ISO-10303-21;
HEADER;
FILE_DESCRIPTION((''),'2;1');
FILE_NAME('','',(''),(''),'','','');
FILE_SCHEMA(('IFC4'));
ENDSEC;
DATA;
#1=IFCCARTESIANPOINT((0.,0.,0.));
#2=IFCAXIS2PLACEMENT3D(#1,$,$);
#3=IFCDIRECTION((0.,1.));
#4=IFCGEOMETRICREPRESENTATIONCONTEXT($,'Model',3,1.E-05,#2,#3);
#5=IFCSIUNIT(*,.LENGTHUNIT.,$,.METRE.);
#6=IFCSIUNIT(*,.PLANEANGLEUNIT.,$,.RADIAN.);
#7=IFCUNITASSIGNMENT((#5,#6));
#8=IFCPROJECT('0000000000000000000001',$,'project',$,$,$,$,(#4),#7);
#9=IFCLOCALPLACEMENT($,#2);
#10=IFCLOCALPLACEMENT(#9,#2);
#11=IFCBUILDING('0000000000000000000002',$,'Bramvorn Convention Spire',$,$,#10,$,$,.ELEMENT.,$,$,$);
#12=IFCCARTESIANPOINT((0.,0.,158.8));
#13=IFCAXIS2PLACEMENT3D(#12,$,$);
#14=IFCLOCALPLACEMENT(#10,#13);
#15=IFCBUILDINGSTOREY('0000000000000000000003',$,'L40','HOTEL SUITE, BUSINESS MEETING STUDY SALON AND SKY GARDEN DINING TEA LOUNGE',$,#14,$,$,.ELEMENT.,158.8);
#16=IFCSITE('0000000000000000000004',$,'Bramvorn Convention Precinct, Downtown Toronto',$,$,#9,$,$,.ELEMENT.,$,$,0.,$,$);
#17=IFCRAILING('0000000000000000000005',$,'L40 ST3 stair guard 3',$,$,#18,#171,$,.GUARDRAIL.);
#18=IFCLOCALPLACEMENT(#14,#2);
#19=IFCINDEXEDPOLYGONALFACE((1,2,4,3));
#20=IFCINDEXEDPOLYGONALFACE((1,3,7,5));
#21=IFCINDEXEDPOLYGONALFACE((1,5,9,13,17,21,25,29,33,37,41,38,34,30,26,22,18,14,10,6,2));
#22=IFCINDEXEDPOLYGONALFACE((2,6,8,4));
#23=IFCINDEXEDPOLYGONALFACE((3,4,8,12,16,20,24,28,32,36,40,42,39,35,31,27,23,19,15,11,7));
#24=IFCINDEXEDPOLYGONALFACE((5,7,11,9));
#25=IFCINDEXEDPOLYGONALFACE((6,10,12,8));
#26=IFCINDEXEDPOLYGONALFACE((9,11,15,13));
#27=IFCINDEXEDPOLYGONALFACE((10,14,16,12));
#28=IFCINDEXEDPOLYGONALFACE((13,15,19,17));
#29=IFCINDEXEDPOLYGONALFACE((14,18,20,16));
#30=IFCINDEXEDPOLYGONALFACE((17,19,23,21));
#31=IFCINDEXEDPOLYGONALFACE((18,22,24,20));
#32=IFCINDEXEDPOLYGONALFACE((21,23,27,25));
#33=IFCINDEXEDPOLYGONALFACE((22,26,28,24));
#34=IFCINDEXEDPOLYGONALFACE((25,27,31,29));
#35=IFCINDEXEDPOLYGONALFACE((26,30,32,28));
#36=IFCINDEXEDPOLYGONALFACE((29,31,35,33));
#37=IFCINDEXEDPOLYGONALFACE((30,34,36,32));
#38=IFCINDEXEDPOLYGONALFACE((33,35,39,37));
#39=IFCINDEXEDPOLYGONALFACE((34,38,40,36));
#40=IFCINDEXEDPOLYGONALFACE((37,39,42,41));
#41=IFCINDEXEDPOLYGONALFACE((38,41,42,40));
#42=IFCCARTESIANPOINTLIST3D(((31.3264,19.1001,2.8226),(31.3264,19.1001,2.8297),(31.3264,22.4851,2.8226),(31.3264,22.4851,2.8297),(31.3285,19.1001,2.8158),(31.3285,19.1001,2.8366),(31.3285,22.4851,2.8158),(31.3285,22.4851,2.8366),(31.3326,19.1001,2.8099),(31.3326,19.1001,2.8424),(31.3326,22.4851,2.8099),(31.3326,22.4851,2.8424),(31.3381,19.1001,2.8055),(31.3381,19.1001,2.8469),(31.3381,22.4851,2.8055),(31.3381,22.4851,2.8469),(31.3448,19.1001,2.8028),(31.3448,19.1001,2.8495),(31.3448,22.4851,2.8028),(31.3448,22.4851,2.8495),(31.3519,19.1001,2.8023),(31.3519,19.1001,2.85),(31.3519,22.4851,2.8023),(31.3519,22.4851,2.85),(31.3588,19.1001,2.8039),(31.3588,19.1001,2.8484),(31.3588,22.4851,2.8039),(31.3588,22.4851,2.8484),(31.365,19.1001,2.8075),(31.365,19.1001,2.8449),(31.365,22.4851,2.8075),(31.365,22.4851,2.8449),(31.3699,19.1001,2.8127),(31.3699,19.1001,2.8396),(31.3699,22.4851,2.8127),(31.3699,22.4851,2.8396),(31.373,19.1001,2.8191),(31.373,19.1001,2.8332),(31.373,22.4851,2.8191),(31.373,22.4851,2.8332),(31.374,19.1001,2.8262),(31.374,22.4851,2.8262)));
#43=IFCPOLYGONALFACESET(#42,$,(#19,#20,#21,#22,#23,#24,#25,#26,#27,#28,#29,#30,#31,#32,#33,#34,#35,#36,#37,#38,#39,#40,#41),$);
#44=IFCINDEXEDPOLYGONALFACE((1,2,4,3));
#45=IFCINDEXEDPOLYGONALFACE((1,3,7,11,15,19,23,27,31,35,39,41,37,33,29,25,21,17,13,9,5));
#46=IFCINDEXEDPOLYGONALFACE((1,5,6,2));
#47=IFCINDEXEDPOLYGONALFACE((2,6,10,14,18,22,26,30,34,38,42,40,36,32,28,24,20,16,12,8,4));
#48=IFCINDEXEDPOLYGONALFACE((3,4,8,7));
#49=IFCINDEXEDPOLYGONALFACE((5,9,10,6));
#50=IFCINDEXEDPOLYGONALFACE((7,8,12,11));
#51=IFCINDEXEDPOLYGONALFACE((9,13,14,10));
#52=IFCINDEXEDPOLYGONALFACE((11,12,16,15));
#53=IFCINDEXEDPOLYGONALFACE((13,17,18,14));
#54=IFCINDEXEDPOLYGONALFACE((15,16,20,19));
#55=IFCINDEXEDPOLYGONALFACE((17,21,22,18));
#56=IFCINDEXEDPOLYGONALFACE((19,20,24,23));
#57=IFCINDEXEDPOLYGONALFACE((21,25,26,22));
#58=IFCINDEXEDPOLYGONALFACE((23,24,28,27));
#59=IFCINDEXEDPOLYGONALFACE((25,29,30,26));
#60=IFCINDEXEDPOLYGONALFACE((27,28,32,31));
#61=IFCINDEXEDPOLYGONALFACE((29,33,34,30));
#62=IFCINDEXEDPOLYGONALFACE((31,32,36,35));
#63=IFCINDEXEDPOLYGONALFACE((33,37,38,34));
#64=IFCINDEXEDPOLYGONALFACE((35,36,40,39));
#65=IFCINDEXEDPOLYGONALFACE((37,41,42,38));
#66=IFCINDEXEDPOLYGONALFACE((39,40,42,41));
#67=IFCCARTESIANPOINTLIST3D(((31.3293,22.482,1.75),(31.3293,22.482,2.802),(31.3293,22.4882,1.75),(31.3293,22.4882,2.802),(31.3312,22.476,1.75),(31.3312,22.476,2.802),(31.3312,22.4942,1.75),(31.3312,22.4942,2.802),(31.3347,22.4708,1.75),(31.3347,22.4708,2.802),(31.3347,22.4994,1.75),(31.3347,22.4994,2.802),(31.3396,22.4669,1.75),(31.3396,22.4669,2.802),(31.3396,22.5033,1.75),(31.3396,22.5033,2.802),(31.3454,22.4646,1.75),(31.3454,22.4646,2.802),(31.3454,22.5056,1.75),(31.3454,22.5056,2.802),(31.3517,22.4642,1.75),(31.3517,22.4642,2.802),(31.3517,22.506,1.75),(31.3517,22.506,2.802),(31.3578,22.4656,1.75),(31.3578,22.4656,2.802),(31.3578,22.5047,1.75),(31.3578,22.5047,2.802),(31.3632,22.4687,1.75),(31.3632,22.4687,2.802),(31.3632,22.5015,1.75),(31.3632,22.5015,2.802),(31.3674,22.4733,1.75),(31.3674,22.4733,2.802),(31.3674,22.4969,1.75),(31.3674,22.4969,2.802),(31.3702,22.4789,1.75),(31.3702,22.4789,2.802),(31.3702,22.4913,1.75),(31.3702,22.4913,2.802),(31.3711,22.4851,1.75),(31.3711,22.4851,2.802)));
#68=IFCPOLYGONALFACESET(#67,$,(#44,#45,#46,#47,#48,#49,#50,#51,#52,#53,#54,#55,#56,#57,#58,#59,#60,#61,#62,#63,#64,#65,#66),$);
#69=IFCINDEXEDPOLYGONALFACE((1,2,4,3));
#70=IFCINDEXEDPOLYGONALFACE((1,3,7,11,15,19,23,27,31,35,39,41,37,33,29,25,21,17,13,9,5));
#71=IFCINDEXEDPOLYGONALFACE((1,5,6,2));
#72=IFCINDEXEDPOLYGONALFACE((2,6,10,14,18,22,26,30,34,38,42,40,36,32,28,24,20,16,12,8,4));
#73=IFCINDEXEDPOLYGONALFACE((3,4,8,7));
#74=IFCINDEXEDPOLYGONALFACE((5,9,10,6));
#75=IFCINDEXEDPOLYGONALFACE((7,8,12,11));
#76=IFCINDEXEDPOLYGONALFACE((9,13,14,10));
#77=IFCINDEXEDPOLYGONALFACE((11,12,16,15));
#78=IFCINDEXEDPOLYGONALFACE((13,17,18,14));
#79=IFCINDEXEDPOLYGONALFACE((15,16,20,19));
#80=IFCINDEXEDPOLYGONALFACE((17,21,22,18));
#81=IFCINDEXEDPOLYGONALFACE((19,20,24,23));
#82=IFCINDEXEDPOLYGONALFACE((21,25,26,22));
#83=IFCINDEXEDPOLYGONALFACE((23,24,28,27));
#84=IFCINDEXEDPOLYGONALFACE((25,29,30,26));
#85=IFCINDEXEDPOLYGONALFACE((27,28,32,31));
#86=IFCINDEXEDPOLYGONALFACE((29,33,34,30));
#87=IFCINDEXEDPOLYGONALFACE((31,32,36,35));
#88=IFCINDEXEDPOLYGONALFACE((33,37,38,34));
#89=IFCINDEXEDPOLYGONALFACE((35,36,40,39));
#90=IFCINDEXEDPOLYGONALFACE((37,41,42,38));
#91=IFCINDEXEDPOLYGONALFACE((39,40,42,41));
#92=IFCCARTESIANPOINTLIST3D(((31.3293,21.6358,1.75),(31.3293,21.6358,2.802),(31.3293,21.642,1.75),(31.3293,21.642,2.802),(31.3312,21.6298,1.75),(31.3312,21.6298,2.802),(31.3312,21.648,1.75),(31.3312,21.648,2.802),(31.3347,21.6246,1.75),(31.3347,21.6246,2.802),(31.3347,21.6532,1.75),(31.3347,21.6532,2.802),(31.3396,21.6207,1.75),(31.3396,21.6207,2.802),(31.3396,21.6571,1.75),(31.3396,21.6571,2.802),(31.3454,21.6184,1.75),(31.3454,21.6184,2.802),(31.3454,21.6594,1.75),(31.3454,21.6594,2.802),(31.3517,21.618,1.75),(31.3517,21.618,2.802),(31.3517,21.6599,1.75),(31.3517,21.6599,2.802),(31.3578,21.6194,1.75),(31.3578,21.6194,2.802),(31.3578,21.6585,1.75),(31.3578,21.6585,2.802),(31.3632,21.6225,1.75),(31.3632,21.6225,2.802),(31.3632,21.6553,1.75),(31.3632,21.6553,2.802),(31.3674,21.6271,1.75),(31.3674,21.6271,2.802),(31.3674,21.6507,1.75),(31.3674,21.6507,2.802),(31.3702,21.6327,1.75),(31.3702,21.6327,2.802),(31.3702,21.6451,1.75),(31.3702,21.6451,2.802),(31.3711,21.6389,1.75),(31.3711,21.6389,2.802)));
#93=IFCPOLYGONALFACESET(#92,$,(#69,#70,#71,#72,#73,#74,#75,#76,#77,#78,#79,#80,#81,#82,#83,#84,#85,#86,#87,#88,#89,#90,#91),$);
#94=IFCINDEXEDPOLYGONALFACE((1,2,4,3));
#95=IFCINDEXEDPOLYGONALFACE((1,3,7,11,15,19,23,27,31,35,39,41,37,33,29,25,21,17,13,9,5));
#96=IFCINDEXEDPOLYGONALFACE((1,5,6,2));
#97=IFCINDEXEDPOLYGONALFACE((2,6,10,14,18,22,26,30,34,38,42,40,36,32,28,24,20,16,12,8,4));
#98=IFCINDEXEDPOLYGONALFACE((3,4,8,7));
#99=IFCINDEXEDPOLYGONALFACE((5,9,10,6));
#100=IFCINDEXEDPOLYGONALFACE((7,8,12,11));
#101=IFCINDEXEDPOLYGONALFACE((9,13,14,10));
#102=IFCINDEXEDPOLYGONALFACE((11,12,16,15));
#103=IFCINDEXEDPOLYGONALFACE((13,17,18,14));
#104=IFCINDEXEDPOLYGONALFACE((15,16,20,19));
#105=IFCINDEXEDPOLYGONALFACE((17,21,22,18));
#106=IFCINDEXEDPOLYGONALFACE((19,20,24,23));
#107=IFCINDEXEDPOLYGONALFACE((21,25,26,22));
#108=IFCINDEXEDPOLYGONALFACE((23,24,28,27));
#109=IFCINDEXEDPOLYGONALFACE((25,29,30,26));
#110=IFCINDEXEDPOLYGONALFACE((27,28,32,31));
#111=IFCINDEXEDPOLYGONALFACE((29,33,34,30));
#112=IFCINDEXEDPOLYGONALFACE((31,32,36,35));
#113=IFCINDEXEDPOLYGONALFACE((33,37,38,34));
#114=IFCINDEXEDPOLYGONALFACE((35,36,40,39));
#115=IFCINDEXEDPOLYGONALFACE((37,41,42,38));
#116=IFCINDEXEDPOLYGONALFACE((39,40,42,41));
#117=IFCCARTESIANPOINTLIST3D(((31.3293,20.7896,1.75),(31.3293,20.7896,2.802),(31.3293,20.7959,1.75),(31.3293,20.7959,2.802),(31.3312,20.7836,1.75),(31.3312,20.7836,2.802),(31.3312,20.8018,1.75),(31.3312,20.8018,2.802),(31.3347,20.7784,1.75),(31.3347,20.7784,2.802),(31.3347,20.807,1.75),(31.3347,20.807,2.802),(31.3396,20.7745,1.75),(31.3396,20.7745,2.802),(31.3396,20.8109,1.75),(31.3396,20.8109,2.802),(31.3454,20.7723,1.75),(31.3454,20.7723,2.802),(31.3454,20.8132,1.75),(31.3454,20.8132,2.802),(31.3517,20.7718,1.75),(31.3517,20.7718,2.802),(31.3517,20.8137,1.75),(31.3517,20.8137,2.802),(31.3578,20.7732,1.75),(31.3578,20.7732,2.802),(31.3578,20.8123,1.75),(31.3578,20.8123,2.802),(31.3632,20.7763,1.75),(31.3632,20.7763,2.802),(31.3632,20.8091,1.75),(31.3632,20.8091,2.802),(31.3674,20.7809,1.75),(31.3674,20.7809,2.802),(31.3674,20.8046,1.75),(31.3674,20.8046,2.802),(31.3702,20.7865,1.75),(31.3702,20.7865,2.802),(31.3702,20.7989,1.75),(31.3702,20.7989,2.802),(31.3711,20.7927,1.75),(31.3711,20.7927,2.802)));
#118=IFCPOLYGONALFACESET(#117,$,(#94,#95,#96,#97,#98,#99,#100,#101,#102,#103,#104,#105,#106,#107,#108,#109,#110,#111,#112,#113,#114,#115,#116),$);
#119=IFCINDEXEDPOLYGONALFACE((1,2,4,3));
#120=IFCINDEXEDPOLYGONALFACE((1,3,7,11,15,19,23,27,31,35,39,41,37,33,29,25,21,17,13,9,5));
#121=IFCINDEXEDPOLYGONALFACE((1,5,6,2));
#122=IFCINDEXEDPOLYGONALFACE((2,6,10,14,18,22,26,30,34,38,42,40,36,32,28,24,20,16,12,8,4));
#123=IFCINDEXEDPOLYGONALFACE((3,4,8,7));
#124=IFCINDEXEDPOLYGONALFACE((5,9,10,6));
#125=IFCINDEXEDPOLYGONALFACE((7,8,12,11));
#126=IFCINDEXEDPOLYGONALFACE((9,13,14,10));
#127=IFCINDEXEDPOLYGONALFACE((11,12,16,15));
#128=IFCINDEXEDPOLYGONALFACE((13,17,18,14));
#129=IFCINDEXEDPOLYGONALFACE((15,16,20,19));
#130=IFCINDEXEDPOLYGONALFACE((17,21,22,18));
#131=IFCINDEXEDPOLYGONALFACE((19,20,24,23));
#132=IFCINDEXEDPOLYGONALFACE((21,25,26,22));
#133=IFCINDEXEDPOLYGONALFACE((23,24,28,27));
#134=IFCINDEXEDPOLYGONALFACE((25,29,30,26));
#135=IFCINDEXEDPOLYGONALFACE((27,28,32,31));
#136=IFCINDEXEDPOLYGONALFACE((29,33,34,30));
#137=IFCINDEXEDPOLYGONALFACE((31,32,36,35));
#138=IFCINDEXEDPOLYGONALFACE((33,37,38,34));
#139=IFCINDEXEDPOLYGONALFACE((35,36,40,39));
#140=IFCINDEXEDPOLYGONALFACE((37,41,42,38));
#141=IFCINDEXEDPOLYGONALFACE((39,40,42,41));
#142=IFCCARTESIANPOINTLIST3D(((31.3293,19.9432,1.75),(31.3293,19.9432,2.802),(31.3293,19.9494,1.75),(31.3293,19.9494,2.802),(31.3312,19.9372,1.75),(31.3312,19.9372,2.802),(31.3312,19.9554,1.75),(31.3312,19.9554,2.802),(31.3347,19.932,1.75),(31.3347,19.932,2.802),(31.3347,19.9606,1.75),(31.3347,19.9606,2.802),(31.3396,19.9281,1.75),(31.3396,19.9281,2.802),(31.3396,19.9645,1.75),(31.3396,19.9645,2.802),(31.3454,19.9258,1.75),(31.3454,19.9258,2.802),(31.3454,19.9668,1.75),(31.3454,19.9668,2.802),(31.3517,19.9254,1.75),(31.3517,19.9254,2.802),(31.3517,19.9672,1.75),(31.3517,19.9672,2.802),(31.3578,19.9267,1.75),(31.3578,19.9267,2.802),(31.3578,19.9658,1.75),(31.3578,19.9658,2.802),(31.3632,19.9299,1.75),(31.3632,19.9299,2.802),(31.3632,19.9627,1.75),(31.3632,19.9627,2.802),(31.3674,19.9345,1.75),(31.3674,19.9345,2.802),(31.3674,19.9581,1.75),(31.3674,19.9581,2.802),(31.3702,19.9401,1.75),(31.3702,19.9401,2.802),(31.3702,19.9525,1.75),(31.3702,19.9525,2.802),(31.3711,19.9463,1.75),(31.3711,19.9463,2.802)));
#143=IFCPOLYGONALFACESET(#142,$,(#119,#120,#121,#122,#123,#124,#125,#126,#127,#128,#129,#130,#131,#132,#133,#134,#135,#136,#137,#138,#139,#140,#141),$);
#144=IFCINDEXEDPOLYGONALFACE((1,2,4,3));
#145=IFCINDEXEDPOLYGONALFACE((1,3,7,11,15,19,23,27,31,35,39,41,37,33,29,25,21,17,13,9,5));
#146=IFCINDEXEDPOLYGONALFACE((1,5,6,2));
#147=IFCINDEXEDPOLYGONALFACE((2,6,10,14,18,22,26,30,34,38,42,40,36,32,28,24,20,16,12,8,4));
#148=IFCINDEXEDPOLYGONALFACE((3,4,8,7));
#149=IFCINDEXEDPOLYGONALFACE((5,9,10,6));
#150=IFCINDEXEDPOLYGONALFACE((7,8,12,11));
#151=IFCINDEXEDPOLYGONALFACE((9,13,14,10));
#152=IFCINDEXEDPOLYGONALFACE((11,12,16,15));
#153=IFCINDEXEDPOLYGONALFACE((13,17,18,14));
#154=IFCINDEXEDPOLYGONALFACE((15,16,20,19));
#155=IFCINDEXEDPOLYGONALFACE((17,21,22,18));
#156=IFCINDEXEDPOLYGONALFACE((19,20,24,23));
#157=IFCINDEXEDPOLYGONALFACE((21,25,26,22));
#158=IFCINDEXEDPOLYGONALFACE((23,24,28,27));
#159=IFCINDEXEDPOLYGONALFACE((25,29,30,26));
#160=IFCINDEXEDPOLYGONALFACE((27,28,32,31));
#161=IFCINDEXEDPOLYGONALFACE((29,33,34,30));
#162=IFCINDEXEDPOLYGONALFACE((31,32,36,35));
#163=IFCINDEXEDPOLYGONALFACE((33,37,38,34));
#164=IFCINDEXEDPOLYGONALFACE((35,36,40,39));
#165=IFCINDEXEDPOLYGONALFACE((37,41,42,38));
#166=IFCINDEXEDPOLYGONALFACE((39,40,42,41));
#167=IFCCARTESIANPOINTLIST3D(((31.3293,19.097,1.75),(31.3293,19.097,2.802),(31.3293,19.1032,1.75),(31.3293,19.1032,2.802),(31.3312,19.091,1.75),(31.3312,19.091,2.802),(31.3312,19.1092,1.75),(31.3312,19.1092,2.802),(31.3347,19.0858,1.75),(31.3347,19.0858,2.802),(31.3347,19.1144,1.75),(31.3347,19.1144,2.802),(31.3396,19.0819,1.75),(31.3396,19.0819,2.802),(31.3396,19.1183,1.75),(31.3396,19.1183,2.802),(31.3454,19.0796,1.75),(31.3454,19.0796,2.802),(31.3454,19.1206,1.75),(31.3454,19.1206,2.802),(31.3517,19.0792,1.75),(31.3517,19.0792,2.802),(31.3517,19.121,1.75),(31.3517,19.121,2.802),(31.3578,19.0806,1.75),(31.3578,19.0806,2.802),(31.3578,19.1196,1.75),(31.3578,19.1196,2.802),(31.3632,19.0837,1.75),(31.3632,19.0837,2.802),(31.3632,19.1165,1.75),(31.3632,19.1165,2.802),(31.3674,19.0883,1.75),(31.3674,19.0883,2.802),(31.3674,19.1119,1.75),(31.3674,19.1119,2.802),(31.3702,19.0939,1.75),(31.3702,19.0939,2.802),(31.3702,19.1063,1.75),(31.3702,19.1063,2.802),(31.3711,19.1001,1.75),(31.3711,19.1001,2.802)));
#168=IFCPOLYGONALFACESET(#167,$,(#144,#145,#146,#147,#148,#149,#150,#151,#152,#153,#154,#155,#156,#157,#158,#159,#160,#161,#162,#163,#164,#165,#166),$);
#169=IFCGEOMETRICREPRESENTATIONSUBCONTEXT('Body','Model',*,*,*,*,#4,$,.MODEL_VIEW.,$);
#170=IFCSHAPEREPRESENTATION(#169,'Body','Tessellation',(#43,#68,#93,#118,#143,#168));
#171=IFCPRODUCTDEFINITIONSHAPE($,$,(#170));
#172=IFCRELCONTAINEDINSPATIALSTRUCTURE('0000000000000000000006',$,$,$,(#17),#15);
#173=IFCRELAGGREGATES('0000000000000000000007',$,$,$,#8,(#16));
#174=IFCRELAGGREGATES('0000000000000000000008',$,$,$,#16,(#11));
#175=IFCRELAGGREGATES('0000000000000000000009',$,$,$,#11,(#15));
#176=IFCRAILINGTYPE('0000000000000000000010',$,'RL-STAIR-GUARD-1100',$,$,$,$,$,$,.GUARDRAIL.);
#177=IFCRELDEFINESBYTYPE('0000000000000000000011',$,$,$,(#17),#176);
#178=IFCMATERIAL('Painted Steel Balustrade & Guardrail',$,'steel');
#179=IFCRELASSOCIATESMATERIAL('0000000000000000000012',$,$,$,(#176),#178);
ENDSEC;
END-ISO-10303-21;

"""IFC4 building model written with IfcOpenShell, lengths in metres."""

from ifc_helpers import new_model, si_unit, direction, frame, origin, origin_2d, place, context, subcontext, project, spatial, circle, extrude, material, type_object, element, save


model = new_model("IFC4")

# Units and contexts
model_context = context("Model", 3, precision=1e-05, world=origin(), true_north=direction((0.0, 1.0)))
body_context = subcontext(model_context, "Body", "Model", "MODEL_VIEW")
ifc_project = project(units=[si_unit("LENGTHUNIT", "METRE"), si_unit("PLANEANGLEUNIT", "RADIAN")], contexts=[model_context])

# Site, building, storey
site_placement = place(None, origin())
site = spatial("IfcSite", under=ifc_project, at=site_placement, Name="Bramvorn Convention Precinct, Downtown Toronto", CompositionType="ELEMENT", RefElevation=0.0)
building_placement = place(site_placement, origin())
building = spatial("IfcBuilding", under=site, at=building_placement, Name="Bramvorn Convention Spire", CompositionType="ELEMENT")
storey_placement = place(building_placement, frame((0.0, 0.0, 158.8)))
storey = spatial("IfcBuildingStorey", under=building, at=storey_placement, Name="L40", Description="HOTEL SUITE, BUSINESS MEETING STUDY SALON AND SKY GARDEN DINING TEA LOUNGE", CompositionType="ELEMENT", Elevation=158.8)

# Railing
ifc_material_1 = material(Name="Painted Steel Balustrade & Guardrail", Category="steel")
railing_type_1 = type_object("IfcRailingType", Name="RL-STAIR-GUARD-1100", PredefinedType="GUARDRAIL", material=ifc_material_1)
railing_1_placement = place(storey_placement, frame((31.3501, 22.4851, 1.75)))
element("IfcRailing", 1, at=railing_1_placement, inside=storey, type_object=railing_type_1, Name="L40 ST3 stair guard 3", PredefinedType="GUARDRAIL", context=body_context, shape_type="SweptSolid", body=[
    extrude(circle(Radius=0.0239, at=origin_2d()), frame((0.0, 0.0, 1.0762), z_axis=(0.0, -1.0, 0.0), x_axis=(1.0, 0.0, 0.0)), (0.0, 0.0, 1.0), 3.385),
    extrude(circle(Radius=0.021, at=origin_2d()), origin(), (0.0, 0.0, 1.0), 1.052),
    extrude(circle(Radius=0.021, at=origin_2d()), frame((0.0, -0.8462, 0.0)), (0.0, 0.0, 1.0), 1.052),
    extrude(circle(Radius=0.021, at=origin_2d()), frame((0.0, -1.6924, 0.0)), (0.0, 0.0, 1.0), 1.052),
    extrude(circle(Radius=0.021, at=origin_2d()), frame((0.0, -2.5388, 0.0)), (0.0, 0.0, 1.0), 1.052),
    extrude(circle(Radius=0.021, at=origin_2d()), frame((0.0, -3.385, 0.0)), (0.0, 0.0, 1.0), 1.052),
])

save(model, "model.ifc")
